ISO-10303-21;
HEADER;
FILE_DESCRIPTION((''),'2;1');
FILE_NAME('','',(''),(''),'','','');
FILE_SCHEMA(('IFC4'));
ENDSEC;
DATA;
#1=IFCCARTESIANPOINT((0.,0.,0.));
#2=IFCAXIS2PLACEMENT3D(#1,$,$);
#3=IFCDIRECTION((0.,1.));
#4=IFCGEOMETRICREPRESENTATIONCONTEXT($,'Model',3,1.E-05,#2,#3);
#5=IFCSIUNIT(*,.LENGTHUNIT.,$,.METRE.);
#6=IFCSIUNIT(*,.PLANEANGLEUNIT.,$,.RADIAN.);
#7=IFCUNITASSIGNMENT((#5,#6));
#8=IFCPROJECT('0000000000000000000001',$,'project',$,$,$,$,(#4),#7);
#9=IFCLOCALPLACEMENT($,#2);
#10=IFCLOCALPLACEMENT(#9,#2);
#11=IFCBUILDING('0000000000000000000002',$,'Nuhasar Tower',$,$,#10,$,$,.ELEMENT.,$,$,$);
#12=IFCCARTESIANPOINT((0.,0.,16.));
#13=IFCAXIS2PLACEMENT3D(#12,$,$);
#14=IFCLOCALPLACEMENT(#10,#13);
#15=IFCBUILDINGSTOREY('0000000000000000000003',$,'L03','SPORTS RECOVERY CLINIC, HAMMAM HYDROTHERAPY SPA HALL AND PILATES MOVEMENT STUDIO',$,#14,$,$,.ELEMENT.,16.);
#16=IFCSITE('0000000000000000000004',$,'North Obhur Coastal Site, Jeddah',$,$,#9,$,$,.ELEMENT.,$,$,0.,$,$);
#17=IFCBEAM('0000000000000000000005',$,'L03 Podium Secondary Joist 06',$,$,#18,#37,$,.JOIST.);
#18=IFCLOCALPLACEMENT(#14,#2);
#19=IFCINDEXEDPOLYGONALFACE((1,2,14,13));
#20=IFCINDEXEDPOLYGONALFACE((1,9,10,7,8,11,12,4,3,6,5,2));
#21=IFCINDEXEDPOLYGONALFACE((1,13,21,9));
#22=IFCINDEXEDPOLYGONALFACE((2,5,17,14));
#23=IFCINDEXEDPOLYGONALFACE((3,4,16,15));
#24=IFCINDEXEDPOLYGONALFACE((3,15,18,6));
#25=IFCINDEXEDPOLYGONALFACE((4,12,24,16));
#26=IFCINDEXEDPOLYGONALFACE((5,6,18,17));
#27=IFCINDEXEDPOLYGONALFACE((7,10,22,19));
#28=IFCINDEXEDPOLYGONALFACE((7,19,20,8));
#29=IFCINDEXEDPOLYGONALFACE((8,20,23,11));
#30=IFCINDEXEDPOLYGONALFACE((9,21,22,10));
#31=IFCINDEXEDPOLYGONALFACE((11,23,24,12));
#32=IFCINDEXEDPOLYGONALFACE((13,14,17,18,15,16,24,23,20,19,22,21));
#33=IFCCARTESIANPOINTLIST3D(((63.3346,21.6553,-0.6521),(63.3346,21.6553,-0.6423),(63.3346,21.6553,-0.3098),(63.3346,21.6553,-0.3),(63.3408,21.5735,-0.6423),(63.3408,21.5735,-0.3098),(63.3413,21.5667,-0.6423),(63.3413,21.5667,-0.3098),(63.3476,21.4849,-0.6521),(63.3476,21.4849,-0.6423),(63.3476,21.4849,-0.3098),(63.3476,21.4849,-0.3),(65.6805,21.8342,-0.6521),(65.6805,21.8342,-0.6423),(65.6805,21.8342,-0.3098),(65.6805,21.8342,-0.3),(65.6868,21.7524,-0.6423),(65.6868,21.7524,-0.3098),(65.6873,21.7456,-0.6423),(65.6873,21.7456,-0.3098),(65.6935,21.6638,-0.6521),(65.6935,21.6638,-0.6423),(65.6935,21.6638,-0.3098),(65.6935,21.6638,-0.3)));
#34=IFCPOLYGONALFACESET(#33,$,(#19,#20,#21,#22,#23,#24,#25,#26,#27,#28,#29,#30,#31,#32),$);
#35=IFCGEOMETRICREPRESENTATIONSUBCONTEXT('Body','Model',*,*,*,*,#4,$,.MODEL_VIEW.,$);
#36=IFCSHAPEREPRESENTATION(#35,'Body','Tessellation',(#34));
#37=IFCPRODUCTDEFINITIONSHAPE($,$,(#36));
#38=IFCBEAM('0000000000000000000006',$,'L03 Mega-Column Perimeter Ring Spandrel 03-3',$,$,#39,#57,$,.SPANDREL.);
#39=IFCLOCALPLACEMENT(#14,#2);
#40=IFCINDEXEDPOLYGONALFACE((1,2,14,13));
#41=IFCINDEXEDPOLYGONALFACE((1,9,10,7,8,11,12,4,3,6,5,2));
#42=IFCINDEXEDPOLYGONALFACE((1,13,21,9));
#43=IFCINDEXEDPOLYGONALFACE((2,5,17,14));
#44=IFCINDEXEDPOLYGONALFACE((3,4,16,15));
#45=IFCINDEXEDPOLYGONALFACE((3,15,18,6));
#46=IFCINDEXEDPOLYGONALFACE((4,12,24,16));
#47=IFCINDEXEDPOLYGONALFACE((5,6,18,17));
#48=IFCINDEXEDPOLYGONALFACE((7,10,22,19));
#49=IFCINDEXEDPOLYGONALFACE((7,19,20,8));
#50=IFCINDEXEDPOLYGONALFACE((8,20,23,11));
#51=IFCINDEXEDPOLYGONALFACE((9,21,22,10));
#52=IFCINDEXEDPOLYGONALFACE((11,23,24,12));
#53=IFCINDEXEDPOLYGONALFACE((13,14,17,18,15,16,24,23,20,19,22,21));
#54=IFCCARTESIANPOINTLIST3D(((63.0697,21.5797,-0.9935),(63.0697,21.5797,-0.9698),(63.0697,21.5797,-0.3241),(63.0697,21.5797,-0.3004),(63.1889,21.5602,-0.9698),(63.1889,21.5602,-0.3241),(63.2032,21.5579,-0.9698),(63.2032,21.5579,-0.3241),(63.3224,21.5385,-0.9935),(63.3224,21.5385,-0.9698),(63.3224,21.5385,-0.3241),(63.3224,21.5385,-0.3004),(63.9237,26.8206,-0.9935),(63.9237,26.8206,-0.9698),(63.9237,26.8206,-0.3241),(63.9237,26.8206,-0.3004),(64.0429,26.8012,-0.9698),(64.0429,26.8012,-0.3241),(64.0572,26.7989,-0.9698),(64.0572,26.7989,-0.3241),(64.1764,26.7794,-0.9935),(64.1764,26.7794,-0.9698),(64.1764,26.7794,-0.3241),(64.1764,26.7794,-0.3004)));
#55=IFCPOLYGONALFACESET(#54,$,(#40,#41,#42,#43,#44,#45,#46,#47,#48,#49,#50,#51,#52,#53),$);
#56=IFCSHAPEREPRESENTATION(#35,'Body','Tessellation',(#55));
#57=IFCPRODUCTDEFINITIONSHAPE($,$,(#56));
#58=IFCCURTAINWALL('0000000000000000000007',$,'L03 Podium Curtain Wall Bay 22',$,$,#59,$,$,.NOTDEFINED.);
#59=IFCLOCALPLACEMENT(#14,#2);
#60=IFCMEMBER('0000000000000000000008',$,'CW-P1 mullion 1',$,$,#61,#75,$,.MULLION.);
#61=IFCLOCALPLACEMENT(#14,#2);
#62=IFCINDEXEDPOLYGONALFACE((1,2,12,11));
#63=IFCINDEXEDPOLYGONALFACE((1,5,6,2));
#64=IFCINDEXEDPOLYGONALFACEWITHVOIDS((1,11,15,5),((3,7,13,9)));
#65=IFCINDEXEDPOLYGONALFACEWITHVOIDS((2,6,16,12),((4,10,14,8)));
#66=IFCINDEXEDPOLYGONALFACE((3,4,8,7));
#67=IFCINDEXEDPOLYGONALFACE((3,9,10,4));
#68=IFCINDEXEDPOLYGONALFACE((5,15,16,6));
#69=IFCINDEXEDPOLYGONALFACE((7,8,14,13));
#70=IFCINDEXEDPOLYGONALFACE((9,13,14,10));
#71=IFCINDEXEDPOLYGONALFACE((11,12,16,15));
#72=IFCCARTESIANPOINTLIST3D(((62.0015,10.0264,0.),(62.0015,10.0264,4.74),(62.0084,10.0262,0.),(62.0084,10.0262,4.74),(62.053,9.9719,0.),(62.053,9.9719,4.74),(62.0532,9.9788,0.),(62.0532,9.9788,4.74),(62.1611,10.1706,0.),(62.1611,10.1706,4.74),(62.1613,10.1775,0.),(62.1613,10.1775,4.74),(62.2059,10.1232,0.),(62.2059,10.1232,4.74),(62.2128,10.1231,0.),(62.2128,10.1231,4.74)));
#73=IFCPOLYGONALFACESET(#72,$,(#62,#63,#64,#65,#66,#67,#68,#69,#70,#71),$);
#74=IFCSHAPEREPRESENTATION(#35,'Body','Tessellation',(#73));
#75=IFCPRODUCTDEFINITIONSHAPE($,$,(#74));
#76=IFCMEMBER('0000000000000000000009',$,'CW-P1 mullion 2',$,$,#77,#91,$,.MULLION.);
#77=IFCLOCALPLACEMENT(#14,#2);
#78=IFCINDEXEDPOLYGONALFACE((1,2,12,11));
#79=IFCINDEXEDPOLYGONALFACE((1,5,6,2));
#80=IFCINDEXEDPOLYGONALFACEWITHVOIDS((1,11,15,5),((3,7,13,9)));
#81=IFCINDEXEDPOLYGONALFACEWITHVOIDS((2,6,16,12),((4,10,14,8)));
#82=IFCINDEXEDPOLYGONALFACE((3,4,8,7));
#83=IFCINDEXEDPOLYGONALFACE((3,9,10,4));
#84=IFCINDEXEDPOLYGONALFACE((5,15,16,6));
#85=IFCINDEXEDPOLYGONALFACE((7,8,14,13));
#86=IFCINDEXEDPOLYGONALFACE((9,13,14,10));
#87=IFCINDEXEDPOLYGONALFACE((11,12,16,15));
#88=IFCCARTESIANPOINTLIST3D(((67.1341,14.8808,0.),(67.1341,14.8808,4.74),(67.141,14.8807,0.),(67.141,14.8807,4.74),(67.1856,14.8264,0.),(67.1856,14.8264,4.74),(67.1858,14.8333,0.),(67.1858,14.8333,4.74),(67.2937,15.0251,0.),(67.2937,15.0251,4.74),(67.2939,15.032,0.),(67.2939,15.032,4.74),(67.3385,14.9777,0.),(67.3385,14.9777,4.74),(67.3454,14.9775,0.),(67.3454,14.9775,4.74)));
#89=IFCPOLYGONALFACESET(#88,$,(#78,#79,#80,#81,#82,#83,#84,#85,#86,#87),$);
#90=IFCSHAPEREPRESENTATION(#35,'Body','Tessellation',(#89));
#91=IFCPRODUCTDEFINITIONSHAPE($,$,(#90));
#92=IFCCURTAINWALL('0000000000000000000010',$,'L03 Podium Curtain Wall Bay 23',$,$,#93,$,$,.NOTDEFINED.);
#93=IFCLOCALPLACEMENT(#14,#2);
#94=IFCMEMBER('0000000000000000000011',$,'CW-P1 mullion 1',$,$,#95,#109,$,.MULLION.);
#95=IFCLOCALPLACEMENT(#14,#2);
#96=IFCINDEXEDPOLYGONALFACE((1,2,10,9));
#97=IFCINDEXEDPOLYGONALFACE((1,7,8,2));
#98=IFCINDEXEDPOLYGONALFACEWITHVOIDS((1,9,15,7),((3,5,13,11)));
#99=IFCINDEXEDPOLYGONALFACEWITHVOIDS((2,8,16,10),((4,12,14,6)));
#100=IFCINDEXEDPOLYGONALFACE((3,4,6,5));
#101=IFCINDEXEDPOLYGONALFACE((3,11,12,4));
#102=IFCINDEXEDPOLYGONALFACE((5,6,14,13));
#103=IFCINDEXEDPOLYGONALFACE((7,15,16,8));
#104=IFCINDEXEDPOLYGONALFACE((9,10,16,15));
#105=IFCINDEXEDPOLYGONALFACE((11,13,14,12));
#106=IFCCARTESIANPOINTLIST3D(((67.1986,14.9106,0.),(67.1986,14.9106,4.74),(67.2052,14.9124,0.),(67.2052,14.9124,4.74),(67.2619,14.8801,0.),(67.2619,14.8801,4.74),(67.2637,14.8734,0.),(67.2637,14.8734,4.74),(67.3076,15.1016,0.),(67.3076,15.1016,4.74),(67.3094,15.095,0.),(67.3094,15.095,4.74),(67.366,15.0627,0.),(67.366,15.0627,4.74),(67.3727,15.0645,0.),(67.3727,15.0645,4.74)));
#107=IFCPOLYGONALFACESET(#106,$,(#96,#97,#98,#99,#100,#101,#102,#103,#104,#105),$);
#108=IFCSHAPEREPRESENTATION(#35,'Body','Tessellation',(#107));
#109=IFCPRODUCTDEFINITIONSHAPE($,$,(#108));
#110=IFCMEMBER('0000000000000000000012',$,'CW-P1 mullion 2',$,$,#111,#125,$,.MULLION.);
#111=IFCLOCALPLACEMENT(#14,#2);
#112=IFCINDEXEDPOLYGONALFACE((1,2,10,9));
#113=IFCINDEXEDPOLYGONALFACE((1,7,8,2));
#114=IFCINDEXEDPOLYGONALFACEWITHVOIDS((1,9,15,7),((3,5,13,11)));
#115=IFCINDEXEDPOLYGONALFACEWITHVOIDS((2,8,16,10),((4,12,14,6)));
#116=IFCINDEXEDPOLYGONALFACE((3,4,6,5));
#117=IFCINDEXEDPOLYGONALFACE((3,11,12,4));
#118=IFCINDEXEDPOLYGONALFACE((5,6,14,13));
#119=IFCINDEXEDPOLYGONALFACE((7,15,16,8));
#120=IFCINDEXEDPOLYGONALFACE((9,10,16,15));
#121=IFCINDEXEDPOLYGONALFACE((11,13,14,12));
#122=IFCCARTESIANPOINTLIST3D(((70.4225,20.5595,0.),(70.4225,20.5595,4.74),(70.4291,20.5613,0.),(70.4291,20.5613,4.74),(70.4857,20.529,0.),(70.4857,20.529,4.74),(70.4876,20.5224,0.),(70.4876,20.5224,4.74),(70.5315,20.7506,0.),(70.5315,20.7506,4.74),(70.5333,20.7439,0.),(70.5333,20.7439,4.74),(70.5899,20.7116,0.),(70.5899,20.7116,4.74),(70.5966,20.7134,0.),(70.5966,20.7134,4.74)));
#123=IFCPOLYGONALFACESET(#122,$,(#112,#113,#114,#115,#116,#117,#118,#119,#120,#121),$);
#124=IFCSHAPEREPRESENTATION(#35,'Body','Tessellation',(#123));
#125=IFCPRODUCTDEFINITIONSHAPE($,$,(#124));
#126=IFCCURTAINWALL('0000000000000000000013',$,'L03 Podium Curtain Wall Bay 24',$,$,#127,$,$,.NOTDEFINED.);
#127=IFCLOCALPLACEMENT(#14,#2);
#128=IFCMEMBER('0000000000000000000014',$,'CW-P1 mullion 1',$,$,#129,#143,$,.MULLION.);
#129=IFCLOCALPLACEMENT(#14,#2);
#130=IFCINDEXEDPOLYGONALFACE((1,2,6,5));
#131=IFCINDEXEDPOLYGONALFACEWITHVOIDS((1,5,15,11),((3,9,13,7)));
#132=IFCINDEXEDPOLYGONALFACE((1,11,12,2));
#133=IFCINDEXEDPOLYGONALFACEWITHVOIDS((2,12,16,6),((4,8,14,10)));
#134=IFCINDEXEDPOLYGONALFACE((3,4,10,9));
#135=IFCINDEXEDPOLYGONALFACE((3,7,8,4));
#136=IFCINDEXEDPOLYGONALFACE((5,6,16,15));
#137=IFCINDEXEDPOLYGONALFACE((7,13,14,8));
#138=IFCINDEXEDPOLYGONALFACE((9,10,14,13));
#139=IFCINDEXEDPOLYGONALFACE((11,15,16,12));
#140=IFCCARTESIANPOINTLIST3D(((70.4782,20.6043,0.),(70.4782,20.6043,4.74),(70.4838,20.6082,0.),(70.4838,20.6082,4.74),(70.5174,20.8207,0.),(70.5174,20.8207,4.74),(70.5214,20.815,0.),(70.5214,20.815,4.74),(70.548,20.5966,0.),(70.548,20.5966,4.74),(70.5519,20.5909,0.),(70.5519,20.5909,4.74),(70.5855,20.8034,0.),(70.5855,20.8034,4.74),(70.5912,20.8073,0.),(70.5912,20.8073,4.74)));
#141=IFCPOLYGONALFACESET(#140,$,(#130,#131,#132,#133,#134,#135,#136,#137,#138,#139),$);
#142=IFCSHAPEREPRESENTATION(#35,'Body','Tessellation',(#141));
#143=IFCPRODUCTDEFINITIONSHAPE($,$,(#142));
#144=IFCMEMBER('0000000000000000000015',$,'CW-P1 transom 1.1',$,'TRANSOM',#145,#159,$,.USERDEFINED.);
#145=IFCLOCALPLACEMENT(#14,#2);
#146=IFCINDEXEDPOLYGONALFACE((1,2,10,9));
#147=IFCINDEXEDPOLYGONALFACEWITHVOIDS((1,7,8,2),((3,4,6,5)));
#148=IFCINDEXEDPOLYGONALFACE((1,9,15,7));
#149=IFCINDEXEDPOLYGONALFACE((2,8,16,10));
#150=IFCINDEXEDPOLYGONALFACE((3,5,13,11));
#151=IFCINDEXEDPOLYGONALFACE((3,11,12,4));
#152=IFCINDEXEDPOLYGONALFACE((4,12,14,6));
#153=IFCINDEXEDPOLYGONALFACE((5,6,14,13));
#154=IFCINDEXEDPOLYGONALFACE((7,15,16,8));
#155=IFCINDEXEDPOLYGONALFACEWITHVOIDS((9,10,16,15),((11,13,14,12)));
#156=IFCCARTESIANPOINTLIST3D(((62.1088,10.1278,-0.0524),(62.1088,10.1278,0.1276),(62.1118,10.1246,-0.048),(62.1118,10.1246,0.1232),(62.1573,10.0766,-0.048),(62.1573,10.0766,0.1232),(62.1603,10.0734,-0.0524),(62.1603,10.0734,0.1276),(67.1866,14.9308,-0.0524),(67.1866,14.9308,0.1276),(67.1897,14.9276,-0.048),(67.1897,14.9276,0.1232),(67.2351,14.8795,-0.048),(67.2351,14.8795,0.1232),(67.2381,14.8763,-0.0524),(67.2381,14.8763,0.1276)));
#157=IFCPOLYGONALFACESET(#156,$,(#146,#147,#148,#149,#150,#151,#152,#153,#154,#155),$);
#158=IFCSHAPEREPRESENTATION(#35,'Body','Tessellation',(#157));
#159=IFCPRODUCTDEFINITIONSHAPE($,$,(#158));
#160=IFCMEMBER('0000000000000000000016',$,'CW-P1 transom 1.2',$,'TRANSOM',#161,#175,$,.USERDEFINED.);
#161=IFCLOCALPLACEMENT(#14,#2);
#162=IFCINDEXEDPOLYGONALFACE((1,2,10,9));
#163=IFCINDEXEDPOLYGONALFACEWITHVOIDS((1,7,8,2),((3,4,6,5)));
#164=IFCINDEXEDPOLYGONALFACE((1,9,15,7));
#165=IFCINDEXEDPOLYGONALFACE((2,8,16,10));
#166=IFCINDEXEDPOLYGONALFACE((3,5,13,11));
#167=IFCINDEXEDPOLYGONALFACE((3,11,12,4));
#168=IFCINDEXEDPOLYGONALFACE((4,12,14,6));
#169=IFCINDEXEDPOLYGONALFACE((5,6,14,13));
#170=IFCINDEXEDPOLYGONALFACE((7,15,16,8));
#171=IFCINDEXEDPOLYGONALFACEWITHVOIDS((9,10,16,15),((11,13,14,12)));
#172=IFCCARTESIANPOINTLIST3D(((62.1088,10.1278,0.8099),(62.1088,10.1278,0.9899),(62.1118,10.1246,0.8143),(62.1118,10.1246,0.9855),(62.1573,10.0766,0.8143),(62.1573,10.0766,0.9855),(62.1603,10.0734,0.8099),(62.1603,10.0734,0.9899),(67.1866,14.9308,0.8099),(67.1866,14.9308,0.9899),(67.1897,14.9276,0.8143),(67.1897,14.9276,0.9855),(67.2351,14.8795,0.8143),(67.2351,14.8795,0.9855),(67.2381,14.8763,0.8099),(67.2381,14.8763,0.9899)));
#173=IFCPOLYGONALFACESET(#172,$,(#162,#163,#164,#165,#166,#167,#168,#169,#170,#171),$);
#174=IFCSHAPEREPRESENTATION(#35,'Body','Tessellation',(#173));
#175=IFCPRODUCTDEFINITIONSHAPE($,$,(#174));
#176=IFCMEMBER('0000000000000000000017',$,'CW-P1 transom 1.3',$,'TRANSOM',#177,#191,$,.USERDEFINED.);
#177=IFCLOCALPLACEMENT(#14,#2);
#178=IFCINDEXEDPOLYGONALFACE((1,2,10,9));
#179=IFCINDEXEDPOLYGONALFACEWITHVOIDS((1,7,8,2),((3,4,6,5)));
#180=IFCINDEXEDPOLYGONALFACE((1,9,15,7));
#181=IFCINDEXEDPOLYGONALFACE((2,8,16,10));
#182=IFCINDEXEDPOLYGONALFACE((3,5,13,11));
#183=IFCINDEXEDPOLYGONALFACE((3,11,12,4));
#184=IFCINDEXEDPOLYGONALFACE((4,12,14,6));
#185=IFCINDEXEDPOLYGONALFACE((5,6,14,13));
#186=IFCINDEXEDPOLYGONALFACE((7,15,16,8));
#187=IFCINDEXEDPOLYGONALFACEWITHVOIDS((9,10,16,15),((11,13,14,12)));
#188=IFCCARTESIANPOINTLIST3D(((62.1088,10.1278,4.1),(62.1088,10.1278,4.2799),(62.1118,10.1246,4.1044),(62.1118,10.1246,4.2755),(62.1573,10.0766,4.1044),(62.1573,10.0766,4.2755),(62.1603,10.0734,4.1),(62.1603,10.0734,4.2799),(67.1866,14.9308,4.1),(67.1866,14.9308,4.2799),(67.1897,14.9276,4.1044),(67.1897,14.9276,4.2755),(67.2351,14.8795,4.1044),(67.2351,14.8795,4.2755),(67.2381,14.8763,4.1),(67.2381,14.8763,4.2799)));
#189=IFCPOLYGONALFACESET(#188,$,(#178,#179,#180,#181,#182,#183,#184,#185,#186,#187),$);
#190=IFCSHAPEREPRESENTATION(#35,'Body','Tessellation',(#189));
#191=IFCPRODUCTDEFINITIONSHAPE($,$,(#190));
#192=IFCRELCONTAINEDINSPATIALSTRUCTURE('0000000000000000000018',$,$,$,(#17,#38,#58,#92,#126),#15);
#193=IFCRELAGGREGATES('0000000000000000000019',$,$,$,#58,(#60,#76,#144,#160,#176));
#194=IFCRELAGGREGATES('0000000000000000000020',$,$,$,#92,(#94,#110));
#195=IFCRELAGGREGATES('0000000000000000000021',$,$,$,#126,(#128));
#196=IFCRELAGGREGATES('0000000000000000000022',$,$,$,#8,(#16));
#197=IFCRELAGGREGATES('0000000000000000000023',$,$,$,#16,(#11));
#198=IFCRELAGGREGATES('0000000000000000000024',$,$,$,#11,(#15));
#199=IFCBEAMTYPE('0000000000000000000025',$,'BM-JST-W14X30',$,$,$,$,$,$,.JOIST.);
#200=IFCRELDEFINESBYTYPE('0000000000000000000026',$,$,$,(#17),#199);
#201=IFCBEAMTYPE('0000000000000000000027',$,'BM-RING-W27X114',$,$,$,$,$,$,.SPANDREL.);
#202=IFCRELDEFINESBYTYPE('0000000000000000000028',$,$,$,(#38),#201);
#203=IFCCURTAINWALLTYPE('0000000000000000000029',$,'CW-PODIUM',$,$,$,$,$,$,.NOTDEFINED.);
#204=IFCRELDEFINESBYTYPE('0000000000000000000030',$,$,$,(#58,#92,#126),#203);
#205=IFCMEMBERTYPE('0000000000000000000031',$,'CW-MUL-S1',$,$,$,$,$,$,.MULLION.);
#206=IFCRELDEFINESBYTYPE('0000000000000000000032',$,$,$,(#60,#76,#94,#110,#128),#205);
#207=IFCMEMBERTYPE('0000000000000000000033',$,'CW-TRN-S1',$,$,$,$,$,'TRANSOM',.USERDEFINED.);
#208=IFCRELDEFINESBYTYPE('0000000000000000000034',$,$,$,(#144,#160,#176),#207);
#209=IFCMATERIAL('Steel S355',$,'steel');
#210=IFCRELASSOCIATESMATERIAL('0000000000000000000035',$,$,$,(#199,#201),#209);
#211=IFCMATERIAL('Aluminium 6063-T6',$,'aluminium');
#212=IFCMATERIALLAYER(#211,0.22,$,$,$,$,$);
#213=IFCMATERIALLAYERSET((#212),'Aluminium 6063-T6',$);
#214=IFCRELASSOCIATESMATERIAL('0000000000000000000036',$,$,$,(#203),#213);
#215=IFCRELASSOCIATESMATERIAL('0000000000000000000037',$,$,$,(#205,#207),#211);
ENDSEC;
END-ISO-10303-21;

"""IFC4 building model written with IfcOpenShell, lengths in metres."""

from ifc_helpers import new_model, si_unit, direction, frame, origin, origin_2d, place, context, subcontext, project, spatial, hollow_rectangle, i_section, extrude, material, layer, layer_set, material_profile, profile_set, type_object, element, aggregate, save


model = new_model("IFC4")

# Units and contexts
model_context = context("Model", 3, precision=1e-05, world=origin(), true_north=direction((0.0, 1.0)))
body_context = subcontext(model_context, "Body", "Model", "MODEL_VIEW")
ifc_project = project(units=[si_unit("LENGTHUNIT", "METRE"), si_unit("PLANEANGLEUNIT", "RADIAN")], contexts=[model_context])

# Site, building, storey
site_placement = place(None, origin())
site = spatial("IfcSite", under=ifc_project, at=site_placement, Name="North Obhur Coastal Site, Jeddah", CompositionType="ELEMENT", RefElevation=0.0)
building_placement = place(site_placement, origin())
building = spatial("IfcBuilding", under=site, at=building_placement, Name="Nuhasar Tower", CompositionType="ELEMENT")
storey_placement = place(building_placement, frame((0.0, 0.0, 16.0)))
storey = spatial("IfcBuildingStorey", under=building, at=storey_placement, Name="L03", Description="SPORTS RECOVERY CLINIC, HAMMAM HYDROTHERAPY SPA HALL AND PILATES MOVEMENT STUDIO", CompositionType="ELEMENT", Elevation=16.0)

# Beams
ifc_material_1 = material(Name="Steel S355", Category="steel")
ifc_material_profile_1 = material_profile(ifc_material_1, i_section(OverallWidth=0.1709, OverallDepth=0.3521, WebThickness=0.0068, FlangeThickness=0.0098, at=origin_2d()), Name="W14X30")
ifc_profile_set_1 = profile_set([ifc_material_profile_1], Name="Steel S355")
beam_type_1 = type_object("IfcBeamType", Name="BM-JST-W14X30", PredefinedType="JOIST", material=ifc_profile_set_1)
beam_1_placement = place(storey_placement, frame((63.3411, 21.5701, -0.4761), z_axis=(0.997103, 0.076062, 0.0), x_axis=(-0.076062, 0.997103, 0.0)))
element("IfcBeam", 1, at=beam_1_placement, inside=storey, type_object=beam_type_1, Name="L03 Podium Secondary Joist 06", PredefinedType="JOIST", context=body_context, shape_type="SweptSolid", body=[
    extrude(i_section(OverallWidth=0.1709, OverallDepth=0.3521, WebThickness=0.0068, FlangeThickness=0.0098, at=origin_2d()), origin(), (0.0, 0.0, 1.0), 2.3528),
])
ifc_material_profile_2 = material_profile(ifc_material_1, i_section(OverallWidth=0.2561, OverallDepth=0.6931, WebThickness=0.0144, FlangeThickness=0.0237, at=origin_2d()), Name="W27X114")
ifc_profile_set_2 = profile_set([ifc_material_profile_2], Name="Steel S355")
beam_type_2 = type_object("IfcBeamType", Name="BM-RING-W27X114", PredefinedType="SPANDREL", material=ifc_profile_set_2)
beam_2_placement = place(storey_placement, frame((63.196, 21.5591, -0.647), z_axis=(0.160827, 0.986983, 0.0), x_axis=(-0.986983, 0.160827, 0.0)))
element("IfcBeam", 2, at=beam_2_placement, inside=storey, type_object=beam_type_2, Name="L03 Mega-Column Perimeter Ring Spandrel 03-3", PredefinedType="SPANDREL", context=body_context, shape_type="SweptSolid", body=[
    extrude(i_section(OverallWidth=0.2561, OverallDepth=0.6931, WebThickness=0.0144, FlangeThickness=0.0237, at=origin_2d()), origin(), (0.0, 0.0, 1.0), 5.3101),
])

# Curtain walls, members
ifc_material_2 = material(Name="Aluminium 6063-T6", Category="aluminium")
ifc_layer_1 = layer(ifc_material_2, 0.22)
ifc_layer_set_1 = layer_set([ifc_layer_1], Name="Aluminium 6063-T6")
curtain_wall_type = type_object("IfcCurtainWallType", Name="CW-PODIUM", PredefinedType="NOTDEFINED", material=ifc_layer_set_1)
curtain_wall_1_placement = place(storey_placement, origin())
curtain_wall_1 = element("IfcCurtainWall", 3, at=curtain_wall_1_placement, inside=storey, type_object=curtain_wall_type, Name="L03 Podium Curtain Wall Bay 22", PredefinedType="NOTDEFINED")
ifc_material_profile_3 = material_profile(ifc_material_2, hollow_rectangle(XDim=0.075, YDim=0.22, WallThickness=0.0049, at=origin_2d()), Name="CWM-1")
ifc_profile_set_3 = profile_set([ifc_material_profile_3], Name="Aluminium 6063-T6")
member_type_1 = type_object("IfcMemberType", Name="CW-MUL-S1", PredefinedType="MULLION", material=ifc_profile_set_3)
member_1_placement = place(storey_placement, frame((62.1072, 10.0747, 0.0), z_axis=(0.0, 0.0, 1.0), x_axis=(-0.687154, 0.726512, 0.0)))
member_1 = element("IfcMember", 4, at=member_1_placement, type_object=member_type_1, Name="CW-P1 mullion 1", PredefinedType="MULLION", context=body_context, shape_type="SweptSolid", body=[
    extrude(hollow_rectangle(XDim=0.075, YDim=0.22, WallThickness=0.0049, at=origin_2d()), origin(), (0.0, 0.0, 1.0), 4.74),
])
member_2_placement = place(storey_placement, frame((67.2397, 14.9292, 0.0), z_axis=(0.0, 0.0, 1.0), x_axis=(-0.687154, 0.726512, 0.0)))
member_2 = element("IfcMember", 5, at=member_2_placement, type_object=member_type_1, Name="CW-P1 mullion 2", PredefinedType="MULLION", context=body_context, shape_type="SweptSolid", body=[
    extrude(hollow_rectangle(XDim=0.075, YDim=0.22, WallThickness=0.0049, at=origin_2d()), origin(), (0.0, 0.0, 1.0), 4.74),
])
curtain_wall_2_placement = place(storey_placement, origin())
curtain_wall_2 = element("IfcCurtainWall", 6, at=curtain_wall_2_placement, inside=storey, type_object=curtain_wall_type, Name="L03 Podium Curtain Wall Bay 23", PredefinedType="NOTDEFINED")
member_3_placement = place(storey_placement, frame((67.2856, 14.9875, 0.0), z_axis=(0.0, 0.0, 1.0), x_axis=(-0.868514, 0.495664, 0.0)))
member_3 = element("IfcMember", 7, at=member_3_placement, type_object=member_type_1, Name="CW-P1 mullion 1", PredefinedType="MULLION", context=body_context, shape_type="SweptSolid", body=[
    extrude(hollow_rectangle(XDim=0.075, YDim=0.22, WallThickness=0.0049, at=origin_2d()), origin(), (0.0, 0.0, 1.0), 4.74),
])
member_4_placement = place(storey_placement, frame((70.5095, 20.6365, 0.0), z_axis=(0.0, 0.0, 1.0), x_axis=(-0.868514, 0.495664, 0.0)))
member_4 = element("IfcMember", 8, at=member_4_placement, type_object=member_type_1, Name="CW-P1 mullion 2", PredefinedType="MULLION", context=body_context, shape_type="SweptSolid", body=[
    extrude(hollow_rectangle(XDim=0.075, YDim=0.22, WallThickness=0.0049, at=origin_2d()), origin(), (0.0, 0.0, 1.0), 4.74),
])

# Curtain wall, member
curtain_wall_3_placement = place(storey_placement, origin())
curtain_wall_3 = element("IfcCurtainWall", 9, at=curtain_wall_3_placement, inside=storey, type_object=curtain_wall_type, Name="L03 Podium Curtain Wall Bay 24", PredefinedType="NOTDEFINED")
member_5_placement = place(storey_placement, frame((70.5347, 20.7058, 0.0), z_axis=(0.0, 0.0, 1.0), x_axis=(-0.983947, 0.178462, 0.0)))
member_5 = element("IfcMember", 10, at=member_5_placement, type_object=member_type_1, Name="CW-P1 mullion 1", PredefinedType="MULLION", context=body_context, shape_type="SweptSolid", body=[
    extrude(hollow_rectangle(XDim=0.075, YDim=0.22, WallThickness=0.0049, at=origin_2d()), origin(), (0.0, 0.0, 1.0), 4.74),
])

# Members
ifc_material_profile_4 = material_profile(ifc_material_2, hollow_rectangle(XDim=0.075, YDim=0.1799, WallThickness=0.0044, at=origin_2d()), Name="CWT-1")
ifc_profile_set_4 = profile_set([ifc_material_profile_4], Name="Aluminium 6063-T6")
member_type_2 = type_object("IfcMemberType", Name="CW-TRN-S1", ElementType="TRANSOM", PredefinedType="USERDEFINED", material=ifc_profile_set_4)
member_6_placement = place(storey_placement, frame((62.1345, 10.1006, 0.0376), z_axis=(0.726499, 0.687168, 0.0), x_axis=(-0.687168, 0.726499, 0.0)))
member_6 = element("IfcMember", 11, at=member_6_placement, type_object=member_type_2, Name="CW-P1 transom 1.1", ObjectType="TRANSOM", PredefinedType="USERDEFINED", context=body_context, shape_type="SweptSolid", body=[
    extrude(hollow_rectangle(XDim=0.075, YDim=0.1799, WallThickness=0.0044, at=origin_2d()), origin(), (0.0, 0.0, 1.0), 6.9895),
])
member_7_placement = place(storey_placement, frame((62.1345, 10.1006, 0.8999), z_axis=(0.726499, 0.687168, 0.0), x_axis=(-0.687168, 0.726499, 0.0)))
member_7 = element("IfcMember", 12, at=member_7_placement, type_object=member_type_2, Name="CW-P1 transom 1.2", ObjectType="TRANSOM", PredefinedType="USERDEFINED", context=body_context, shape_type="SweptSolid", body=[
    extrude(hollow_rectangle(XDim=0.075, YDim=0.1799, WallThickness=0.0044, at=origin_2d()), origin(), (0.0, 0.0, 1.0), 6.9895),
])
member_8_placement = place(storey_placement, frame((62.1345, 10.1006, 4.1899), z_axis=(0.726499, 0.687168, 0.0), x_axis=(-0.687168, 0.726499, 0.0)))
member_8 = element("IfcMember", 13, at=member_8_placement, type_object=member_type_2, Name="CW-P1 transom 1.3", ObjectType="TRANSOM", PredefinedType="USERDEFINED", context=body_context, shape_type="SweptSolid", body=[
    extrude(hollow_rectangle(XDim=0.075, YDim=0.1799, WallThickness=0.0044, at=origin_2d()), origin(), (0.0, 0.0, 1.0), 6.9895),
])

aggregate(curtain_wall_1, [member_1, member_2, member_6, member_7, member_8])
aggregate(curtain_wall_2, [member_3, member_4])
aggregate(curtain_wall_3, [member_5])

save(model, "model.ifc")
